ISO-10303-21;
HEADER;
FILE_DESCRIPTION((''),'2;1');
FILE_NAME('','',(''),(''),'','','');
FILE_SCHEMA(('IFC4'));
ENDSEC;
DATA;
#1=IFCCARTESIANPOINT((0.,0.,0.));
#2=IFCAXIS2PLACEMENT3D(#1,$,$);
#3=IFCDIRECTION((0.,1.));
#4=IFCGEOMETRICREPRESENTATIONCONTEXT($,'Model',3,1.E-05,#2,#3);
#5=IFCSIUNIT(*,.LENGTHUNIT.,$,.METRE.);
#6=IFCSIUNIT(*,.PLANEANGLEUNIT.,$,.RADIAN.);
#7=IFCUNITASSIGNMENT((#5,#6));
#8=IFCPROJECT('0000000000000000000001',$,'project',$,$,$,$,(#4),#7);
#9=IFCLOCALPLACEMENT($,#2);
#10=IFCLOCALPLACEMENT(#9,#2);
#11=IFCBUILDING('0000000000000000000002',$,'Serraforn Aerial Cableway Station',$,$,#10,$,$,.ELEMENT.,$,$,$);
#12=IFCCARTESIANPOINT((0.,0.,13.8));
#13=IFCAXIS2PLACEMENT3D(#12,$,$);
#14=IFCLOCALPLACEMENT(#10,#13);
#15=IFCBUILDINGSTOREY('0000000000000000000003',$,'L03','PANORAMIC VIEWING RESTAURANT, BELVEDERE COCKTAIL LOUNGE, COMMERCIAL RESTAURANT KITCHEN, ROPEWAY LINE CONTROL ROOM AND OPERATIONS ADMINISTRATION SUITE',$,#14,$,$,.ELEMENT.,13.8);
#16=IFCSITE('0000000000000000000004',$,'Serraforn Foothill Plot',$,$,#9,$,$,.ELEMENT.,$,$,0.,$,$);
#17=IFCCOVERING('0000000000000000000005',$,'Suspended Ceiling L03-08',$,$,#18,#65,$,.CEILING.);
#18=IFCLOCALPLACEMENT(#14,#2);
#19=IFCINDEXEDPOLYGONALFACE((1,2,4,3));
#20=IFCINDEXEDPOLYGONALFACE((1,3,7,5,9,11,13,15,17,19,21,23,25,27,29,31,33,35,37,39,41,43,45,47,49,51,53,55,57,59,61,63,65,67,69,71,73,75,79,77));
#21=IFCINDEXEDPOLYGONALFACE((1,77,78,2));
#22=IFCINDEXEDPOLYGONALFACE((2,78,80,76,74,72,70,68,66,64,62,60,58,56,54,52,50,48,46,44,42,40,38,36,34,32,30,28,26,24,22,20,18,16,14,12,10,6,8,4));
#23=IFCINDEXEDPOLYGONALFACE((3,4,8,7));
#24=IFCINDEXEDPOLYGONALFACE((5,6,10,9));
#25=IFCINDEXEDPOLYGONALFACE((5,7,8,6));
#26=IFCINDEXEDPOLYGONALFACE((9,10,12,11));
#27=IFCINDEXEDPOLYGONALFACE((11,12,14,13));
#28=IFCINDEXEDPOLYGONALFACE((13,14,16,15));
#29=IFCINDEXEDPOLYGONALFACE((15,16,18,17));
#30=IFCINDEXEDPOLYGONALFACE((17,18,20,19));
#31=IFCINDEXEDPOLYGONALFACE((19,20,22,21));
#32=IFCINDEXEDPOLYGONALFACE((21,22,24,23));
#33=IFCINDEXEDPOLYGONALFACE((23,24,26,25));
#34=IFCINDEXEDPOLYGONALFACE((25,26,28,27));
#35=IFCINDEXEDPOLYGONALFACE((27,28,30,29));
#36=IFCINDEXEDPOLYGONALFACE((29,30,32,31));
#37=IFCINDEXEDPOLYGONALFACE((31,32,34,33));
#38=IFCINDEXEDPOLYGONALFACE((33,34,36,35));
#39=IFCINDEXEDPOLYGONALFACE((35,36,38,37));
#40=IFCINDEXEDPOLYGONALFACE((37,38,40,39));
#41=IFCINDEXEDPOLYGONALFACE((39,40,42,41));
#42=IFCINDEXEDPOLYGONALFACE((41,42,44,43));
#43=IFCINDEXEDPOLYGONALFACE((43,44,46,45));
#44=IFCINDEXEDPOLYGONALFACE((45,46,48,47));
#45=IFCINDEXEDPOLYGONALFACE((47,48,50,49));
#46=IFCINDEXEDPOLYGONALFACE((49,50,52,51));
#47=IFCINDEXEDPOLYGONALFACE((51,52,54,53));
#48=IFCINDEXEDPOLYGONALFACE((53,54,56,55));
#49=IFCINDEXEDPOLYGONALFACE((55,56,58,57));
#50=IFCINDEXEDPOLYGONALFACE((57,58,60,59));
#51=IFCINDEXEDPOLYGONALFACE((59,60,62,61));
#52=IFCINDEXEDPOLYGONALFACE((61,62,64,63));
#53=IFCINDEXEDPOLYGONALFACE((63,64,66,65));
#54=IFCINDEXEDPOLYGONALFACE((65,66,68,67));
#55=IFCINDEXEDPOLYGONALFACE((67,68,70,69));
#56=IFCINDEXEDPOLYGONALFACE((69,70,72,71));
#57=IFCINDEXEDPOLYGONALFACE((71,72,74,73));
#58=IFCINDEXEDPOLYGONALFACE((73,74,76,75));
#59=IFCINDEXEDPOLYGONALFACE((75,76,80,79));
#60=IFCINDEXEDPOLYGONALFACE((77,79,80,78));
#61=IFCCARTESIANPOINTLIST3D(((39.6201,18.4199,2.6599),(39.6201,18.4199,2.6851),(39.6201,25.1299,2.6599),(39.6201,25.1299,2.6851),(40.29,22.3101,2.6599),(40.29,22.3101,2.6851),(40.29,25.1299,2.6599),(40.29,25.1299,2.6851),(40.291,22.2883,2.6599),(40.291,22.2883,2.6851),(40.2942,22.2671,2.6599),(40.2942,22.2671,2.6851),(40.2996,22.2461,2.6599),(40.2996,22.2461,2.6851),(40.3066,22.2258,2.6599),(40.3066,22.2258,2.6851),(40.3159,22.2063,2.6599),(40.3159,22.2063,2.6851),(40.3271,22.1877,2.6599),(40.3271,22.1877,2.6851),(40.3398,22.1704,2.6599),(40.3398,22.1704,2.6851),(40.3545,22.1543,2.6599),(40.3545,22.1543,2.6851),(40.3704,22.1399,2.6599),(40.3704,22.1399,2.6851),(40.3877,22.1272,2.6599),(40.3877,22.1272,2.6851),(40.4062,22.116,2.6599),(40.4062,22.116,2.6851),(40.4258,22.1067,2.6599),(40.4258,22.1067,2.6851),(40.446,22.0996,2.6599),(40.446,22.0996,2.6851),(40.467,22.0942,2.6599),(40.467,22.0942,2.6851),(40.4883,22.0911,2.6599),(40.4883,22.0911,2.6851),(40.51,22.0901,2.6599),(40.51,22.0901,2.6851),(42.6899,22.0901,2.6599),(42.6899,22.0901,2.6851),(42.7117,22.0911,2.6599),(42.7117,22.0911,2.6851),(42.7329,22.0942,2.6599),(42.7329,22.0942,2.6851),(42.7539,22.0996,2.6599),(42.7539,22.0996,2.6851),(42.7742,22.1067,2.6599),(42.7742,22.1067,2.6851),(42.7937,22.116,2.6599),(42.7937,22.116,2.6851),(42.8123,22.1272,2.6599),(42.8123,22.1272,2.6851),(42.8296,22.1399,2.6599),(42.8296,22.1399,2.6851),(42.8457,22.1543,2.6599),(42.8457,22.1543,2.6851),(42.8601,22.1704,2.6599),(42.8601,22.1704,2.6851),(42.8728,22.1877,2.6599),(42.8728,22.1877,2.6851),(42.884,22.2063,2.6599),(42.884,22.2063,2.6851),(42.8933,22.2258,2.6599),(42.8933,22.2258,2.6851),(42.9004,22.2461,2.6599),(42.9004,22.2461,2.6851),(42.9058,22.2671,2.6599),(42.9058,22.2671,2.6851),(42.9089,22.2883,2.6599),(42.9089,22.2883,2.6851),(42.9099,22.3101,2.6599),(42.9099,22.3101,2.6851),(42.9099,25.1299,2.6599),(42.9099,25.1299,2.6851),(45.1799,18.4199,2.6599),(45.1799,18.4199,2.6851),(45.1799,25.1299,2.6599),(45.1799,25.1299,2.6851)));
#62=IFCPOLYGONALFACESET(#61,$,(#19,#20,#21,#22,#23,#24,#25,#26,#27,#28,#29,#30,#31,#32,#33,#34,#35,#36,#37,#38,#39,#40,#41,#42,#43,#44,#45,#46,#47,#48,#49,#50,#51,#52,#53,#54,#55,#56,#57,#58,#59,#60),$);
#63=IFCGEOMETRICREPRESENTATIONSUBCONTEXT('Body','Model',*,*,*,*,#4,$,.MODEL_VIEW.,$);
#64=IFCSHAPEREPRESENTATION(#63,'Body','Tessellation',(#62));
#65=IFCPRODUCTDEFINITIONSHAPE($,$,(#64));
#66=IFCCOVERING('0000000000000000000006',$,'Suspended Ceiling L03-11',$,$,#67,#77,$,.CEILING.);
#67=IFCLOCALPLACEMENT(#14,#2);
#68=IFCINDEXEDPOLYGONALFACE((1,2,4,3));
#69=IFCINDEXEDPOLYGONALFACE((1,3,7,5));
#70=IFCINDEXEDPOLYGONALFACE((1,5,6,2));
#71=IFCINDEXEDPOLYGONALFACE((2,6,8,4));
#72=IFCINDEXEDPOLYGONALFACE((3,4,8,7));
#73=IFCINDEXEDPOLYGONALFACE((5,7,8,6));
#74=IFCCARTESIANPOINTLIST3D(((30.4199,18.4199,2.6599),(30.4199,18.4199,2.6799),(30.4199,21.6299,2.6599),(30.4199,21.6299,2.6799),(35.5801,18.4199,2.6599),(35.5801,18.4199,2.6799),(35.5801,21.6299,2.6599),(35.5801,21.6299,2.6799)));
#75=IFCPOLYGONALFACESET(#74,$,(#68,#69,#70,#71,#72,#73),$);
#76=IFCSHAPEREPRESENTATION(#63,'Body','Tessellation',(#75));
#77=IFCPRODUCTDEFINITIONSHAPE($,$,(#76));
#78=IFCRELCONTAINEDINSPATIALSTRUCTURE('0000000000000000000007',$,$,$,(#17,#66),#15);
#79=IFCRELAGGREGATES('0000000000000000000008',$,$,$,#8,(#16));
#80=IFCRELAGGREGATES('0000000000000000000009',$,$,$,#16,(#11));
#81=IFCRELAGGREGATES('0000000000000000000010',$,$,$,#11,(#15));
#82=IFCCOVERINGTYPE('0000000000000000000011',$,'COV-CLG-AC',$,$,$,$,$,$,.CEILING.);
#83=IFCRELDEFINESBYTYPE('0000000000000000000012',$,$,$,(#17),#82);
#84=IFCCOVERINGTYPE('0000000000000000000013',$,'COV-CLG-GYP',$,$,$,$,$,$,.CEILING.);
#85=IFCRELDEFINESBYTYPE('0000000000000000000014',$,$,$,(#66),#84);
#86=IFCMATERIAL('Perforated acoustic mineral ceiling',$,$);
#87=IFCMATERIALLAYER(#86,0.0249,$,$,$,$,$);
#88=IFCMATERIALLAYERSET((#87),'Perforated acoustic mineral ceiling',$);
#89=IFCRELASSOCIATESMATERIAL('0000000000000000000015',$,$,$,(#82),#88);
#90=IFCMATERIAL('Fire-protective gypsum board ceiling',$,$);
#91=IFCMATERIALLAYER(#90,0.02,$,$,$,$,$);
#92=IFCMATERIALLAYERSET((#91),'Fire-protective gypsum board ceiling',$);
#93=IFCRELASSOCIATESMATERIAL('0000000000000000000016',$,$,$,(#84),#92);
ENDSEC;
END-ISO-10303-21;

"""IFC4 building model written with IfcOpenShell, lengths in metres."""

from ifc_helpers import new_model, si_unit, direction, frame, origin, place, context, subcontext, project, spatial, polyline, outline, extrude, material, layer, layer_set, type_object, element, save


model = new_model("IFC4")

# Units and contexts
model_context = context("Model", 3, precision=1e-05, world=origin(), true_north=direction((0.0, 1.0)))
body_context = subcontext(model_context, "Body", "Model", "MODEL_VIEW")
ifc_project = project(units=[si_unit("LENGTHUNIT", "METRE"), si_unit("PLANEANGLEUNIT", "RADIAN")], contexts=[model_context])

# Site, building, storey
site_placement = place(None, origin())
site = spatial("IfcSite", under=ifc_project, at=site_placement, Name="Serraforn Foothill Plot", CompositionType="ELEMENT", RefElevation=0.0)
building_placement = place(site_placement, origin())
building = spatial("IfcBuilding", under=site, at=building_placement, Name="Serraforn Aerial Cableway Station", CompositionType="ELEMENT")
storey_placement = place(building_placement, frame((0.0, 0.0, 13.8)))
storey = spatial("IfcBuildingStorey", under=building, at=storey_placement, Name="L03", Description="PANORAMIC VIEWING RESTAURANT, BELVEDERE COCKTAIL LOUNGE, COMMERCIAL RESTAURANT KITCHEN, ROPEWAY LINE CONTROL ROOM AND OPERATIONS ADMINISTRATION SUITE", CompositionType="ELEMENT", Elevation=13.8)

# Coverings
ifc_material_1 = material(Name="Perforated acoustic mineral ceiling")
ifc_layer_1 = layer(ifc_material_1, 0.0249)
ifc_layer_set_1 = layer_set([ifc_layer_1], Name="Perforated acoustic mineral ceiling")
covering_type_1 = type_object("IfcCoveringType", Name="COV-CLG-AC", PredefinedType="CEILING", material=ifc_layer_set_1)
covering_1_placement = place(storey_placement, frame((0.0, 0.0, 2.6599)))
element("IfcCovering", 1, at=covering_1_placement, inside=storey, type_object=covering_type_1, Name="Suspended Ceiling L03-08", PredefinedType="CEILING", context=body_context, shape_type="SweptSolid", body=[
    extrude(outline(polyline([(39.6201, 18.4199), (39.6201, 25.1299), (40.29, 25.1299), (40.29, 22.3101), (40.291, 22.2883), (40.2942, 22.2671), (40.2996, 22.2461), (40.3066, 22.2258), (40.3159, 22.2063), (40.3271, 22.1877), (40.3398, 22.1704), (40.3545, 22.1543), (40.3704, 22.1399), (40.3877, 22.1272), (40.4062, 22.116), (40.4258, 22.1067), (40.446, 22.0996), (40.467, 22.0942), (40.4883, 22.0911), (40.51, 22.0901), (42.6899, 22.0901), (42.7117, 22.0911), (42.7329, 22.0942), (42.7539, 22.0996), (42.7742, 22.1067), (42.7937, 22.116), (42.8123, 22.1272), (42.8296, 22.1399), (42.8457, 22.1543), (42.8601, 22.1704), (42.8728, 22.1877), (42.884, 22.2063), (42.8933, 22.2258), (42.9004, 22.2461), (42.9058, 22.2671), (42.9089, 22.2883), (42.9099, 22.3101), (42.9099, 25.1299), (45.1799, 25.1299), (45.1799, 18.4199), (39.6201, 18.4199)])), origin(), (0.0, 0.0, 1.0), 0.0251),
])
ifc_material_2 = material(Name="Fire-protective gypsum board ceiling")
ifc_layer_2 = layer(ifc_material_2, 0.02)
ifc_layer_set_2 = layer_set([ifc_layer_2], Name="Fire-protective gypsum board ceiling")
covering_type_2 = type_object("IfcCoveringType", Name="COV-CLG-GYP", PredefinedType="CEILING", material=ifc_layer_set_2)
covering_2_placement = place(storey_placement, frame((0.0, 0.0, 2.6599)))
element("IfcCovering", 2, at=covering_2_placement, inside=storey, type_object=covering_type_2, Name="Suspended Ceiling L03-11", PredefinedType="CEILING", context=body_context, shape_type="SweptSolid", body=[
    extrude(outline(polyline([(30.4199, 18.4199), (30.4199, 21.6299), (35.5801, 21.6299), (35.5801, 18.4199), (30.4199, 18.4199)])), origin(), (0.0, 0.0, 1.0), 0.02),
])

save(model, "model.ifc")
